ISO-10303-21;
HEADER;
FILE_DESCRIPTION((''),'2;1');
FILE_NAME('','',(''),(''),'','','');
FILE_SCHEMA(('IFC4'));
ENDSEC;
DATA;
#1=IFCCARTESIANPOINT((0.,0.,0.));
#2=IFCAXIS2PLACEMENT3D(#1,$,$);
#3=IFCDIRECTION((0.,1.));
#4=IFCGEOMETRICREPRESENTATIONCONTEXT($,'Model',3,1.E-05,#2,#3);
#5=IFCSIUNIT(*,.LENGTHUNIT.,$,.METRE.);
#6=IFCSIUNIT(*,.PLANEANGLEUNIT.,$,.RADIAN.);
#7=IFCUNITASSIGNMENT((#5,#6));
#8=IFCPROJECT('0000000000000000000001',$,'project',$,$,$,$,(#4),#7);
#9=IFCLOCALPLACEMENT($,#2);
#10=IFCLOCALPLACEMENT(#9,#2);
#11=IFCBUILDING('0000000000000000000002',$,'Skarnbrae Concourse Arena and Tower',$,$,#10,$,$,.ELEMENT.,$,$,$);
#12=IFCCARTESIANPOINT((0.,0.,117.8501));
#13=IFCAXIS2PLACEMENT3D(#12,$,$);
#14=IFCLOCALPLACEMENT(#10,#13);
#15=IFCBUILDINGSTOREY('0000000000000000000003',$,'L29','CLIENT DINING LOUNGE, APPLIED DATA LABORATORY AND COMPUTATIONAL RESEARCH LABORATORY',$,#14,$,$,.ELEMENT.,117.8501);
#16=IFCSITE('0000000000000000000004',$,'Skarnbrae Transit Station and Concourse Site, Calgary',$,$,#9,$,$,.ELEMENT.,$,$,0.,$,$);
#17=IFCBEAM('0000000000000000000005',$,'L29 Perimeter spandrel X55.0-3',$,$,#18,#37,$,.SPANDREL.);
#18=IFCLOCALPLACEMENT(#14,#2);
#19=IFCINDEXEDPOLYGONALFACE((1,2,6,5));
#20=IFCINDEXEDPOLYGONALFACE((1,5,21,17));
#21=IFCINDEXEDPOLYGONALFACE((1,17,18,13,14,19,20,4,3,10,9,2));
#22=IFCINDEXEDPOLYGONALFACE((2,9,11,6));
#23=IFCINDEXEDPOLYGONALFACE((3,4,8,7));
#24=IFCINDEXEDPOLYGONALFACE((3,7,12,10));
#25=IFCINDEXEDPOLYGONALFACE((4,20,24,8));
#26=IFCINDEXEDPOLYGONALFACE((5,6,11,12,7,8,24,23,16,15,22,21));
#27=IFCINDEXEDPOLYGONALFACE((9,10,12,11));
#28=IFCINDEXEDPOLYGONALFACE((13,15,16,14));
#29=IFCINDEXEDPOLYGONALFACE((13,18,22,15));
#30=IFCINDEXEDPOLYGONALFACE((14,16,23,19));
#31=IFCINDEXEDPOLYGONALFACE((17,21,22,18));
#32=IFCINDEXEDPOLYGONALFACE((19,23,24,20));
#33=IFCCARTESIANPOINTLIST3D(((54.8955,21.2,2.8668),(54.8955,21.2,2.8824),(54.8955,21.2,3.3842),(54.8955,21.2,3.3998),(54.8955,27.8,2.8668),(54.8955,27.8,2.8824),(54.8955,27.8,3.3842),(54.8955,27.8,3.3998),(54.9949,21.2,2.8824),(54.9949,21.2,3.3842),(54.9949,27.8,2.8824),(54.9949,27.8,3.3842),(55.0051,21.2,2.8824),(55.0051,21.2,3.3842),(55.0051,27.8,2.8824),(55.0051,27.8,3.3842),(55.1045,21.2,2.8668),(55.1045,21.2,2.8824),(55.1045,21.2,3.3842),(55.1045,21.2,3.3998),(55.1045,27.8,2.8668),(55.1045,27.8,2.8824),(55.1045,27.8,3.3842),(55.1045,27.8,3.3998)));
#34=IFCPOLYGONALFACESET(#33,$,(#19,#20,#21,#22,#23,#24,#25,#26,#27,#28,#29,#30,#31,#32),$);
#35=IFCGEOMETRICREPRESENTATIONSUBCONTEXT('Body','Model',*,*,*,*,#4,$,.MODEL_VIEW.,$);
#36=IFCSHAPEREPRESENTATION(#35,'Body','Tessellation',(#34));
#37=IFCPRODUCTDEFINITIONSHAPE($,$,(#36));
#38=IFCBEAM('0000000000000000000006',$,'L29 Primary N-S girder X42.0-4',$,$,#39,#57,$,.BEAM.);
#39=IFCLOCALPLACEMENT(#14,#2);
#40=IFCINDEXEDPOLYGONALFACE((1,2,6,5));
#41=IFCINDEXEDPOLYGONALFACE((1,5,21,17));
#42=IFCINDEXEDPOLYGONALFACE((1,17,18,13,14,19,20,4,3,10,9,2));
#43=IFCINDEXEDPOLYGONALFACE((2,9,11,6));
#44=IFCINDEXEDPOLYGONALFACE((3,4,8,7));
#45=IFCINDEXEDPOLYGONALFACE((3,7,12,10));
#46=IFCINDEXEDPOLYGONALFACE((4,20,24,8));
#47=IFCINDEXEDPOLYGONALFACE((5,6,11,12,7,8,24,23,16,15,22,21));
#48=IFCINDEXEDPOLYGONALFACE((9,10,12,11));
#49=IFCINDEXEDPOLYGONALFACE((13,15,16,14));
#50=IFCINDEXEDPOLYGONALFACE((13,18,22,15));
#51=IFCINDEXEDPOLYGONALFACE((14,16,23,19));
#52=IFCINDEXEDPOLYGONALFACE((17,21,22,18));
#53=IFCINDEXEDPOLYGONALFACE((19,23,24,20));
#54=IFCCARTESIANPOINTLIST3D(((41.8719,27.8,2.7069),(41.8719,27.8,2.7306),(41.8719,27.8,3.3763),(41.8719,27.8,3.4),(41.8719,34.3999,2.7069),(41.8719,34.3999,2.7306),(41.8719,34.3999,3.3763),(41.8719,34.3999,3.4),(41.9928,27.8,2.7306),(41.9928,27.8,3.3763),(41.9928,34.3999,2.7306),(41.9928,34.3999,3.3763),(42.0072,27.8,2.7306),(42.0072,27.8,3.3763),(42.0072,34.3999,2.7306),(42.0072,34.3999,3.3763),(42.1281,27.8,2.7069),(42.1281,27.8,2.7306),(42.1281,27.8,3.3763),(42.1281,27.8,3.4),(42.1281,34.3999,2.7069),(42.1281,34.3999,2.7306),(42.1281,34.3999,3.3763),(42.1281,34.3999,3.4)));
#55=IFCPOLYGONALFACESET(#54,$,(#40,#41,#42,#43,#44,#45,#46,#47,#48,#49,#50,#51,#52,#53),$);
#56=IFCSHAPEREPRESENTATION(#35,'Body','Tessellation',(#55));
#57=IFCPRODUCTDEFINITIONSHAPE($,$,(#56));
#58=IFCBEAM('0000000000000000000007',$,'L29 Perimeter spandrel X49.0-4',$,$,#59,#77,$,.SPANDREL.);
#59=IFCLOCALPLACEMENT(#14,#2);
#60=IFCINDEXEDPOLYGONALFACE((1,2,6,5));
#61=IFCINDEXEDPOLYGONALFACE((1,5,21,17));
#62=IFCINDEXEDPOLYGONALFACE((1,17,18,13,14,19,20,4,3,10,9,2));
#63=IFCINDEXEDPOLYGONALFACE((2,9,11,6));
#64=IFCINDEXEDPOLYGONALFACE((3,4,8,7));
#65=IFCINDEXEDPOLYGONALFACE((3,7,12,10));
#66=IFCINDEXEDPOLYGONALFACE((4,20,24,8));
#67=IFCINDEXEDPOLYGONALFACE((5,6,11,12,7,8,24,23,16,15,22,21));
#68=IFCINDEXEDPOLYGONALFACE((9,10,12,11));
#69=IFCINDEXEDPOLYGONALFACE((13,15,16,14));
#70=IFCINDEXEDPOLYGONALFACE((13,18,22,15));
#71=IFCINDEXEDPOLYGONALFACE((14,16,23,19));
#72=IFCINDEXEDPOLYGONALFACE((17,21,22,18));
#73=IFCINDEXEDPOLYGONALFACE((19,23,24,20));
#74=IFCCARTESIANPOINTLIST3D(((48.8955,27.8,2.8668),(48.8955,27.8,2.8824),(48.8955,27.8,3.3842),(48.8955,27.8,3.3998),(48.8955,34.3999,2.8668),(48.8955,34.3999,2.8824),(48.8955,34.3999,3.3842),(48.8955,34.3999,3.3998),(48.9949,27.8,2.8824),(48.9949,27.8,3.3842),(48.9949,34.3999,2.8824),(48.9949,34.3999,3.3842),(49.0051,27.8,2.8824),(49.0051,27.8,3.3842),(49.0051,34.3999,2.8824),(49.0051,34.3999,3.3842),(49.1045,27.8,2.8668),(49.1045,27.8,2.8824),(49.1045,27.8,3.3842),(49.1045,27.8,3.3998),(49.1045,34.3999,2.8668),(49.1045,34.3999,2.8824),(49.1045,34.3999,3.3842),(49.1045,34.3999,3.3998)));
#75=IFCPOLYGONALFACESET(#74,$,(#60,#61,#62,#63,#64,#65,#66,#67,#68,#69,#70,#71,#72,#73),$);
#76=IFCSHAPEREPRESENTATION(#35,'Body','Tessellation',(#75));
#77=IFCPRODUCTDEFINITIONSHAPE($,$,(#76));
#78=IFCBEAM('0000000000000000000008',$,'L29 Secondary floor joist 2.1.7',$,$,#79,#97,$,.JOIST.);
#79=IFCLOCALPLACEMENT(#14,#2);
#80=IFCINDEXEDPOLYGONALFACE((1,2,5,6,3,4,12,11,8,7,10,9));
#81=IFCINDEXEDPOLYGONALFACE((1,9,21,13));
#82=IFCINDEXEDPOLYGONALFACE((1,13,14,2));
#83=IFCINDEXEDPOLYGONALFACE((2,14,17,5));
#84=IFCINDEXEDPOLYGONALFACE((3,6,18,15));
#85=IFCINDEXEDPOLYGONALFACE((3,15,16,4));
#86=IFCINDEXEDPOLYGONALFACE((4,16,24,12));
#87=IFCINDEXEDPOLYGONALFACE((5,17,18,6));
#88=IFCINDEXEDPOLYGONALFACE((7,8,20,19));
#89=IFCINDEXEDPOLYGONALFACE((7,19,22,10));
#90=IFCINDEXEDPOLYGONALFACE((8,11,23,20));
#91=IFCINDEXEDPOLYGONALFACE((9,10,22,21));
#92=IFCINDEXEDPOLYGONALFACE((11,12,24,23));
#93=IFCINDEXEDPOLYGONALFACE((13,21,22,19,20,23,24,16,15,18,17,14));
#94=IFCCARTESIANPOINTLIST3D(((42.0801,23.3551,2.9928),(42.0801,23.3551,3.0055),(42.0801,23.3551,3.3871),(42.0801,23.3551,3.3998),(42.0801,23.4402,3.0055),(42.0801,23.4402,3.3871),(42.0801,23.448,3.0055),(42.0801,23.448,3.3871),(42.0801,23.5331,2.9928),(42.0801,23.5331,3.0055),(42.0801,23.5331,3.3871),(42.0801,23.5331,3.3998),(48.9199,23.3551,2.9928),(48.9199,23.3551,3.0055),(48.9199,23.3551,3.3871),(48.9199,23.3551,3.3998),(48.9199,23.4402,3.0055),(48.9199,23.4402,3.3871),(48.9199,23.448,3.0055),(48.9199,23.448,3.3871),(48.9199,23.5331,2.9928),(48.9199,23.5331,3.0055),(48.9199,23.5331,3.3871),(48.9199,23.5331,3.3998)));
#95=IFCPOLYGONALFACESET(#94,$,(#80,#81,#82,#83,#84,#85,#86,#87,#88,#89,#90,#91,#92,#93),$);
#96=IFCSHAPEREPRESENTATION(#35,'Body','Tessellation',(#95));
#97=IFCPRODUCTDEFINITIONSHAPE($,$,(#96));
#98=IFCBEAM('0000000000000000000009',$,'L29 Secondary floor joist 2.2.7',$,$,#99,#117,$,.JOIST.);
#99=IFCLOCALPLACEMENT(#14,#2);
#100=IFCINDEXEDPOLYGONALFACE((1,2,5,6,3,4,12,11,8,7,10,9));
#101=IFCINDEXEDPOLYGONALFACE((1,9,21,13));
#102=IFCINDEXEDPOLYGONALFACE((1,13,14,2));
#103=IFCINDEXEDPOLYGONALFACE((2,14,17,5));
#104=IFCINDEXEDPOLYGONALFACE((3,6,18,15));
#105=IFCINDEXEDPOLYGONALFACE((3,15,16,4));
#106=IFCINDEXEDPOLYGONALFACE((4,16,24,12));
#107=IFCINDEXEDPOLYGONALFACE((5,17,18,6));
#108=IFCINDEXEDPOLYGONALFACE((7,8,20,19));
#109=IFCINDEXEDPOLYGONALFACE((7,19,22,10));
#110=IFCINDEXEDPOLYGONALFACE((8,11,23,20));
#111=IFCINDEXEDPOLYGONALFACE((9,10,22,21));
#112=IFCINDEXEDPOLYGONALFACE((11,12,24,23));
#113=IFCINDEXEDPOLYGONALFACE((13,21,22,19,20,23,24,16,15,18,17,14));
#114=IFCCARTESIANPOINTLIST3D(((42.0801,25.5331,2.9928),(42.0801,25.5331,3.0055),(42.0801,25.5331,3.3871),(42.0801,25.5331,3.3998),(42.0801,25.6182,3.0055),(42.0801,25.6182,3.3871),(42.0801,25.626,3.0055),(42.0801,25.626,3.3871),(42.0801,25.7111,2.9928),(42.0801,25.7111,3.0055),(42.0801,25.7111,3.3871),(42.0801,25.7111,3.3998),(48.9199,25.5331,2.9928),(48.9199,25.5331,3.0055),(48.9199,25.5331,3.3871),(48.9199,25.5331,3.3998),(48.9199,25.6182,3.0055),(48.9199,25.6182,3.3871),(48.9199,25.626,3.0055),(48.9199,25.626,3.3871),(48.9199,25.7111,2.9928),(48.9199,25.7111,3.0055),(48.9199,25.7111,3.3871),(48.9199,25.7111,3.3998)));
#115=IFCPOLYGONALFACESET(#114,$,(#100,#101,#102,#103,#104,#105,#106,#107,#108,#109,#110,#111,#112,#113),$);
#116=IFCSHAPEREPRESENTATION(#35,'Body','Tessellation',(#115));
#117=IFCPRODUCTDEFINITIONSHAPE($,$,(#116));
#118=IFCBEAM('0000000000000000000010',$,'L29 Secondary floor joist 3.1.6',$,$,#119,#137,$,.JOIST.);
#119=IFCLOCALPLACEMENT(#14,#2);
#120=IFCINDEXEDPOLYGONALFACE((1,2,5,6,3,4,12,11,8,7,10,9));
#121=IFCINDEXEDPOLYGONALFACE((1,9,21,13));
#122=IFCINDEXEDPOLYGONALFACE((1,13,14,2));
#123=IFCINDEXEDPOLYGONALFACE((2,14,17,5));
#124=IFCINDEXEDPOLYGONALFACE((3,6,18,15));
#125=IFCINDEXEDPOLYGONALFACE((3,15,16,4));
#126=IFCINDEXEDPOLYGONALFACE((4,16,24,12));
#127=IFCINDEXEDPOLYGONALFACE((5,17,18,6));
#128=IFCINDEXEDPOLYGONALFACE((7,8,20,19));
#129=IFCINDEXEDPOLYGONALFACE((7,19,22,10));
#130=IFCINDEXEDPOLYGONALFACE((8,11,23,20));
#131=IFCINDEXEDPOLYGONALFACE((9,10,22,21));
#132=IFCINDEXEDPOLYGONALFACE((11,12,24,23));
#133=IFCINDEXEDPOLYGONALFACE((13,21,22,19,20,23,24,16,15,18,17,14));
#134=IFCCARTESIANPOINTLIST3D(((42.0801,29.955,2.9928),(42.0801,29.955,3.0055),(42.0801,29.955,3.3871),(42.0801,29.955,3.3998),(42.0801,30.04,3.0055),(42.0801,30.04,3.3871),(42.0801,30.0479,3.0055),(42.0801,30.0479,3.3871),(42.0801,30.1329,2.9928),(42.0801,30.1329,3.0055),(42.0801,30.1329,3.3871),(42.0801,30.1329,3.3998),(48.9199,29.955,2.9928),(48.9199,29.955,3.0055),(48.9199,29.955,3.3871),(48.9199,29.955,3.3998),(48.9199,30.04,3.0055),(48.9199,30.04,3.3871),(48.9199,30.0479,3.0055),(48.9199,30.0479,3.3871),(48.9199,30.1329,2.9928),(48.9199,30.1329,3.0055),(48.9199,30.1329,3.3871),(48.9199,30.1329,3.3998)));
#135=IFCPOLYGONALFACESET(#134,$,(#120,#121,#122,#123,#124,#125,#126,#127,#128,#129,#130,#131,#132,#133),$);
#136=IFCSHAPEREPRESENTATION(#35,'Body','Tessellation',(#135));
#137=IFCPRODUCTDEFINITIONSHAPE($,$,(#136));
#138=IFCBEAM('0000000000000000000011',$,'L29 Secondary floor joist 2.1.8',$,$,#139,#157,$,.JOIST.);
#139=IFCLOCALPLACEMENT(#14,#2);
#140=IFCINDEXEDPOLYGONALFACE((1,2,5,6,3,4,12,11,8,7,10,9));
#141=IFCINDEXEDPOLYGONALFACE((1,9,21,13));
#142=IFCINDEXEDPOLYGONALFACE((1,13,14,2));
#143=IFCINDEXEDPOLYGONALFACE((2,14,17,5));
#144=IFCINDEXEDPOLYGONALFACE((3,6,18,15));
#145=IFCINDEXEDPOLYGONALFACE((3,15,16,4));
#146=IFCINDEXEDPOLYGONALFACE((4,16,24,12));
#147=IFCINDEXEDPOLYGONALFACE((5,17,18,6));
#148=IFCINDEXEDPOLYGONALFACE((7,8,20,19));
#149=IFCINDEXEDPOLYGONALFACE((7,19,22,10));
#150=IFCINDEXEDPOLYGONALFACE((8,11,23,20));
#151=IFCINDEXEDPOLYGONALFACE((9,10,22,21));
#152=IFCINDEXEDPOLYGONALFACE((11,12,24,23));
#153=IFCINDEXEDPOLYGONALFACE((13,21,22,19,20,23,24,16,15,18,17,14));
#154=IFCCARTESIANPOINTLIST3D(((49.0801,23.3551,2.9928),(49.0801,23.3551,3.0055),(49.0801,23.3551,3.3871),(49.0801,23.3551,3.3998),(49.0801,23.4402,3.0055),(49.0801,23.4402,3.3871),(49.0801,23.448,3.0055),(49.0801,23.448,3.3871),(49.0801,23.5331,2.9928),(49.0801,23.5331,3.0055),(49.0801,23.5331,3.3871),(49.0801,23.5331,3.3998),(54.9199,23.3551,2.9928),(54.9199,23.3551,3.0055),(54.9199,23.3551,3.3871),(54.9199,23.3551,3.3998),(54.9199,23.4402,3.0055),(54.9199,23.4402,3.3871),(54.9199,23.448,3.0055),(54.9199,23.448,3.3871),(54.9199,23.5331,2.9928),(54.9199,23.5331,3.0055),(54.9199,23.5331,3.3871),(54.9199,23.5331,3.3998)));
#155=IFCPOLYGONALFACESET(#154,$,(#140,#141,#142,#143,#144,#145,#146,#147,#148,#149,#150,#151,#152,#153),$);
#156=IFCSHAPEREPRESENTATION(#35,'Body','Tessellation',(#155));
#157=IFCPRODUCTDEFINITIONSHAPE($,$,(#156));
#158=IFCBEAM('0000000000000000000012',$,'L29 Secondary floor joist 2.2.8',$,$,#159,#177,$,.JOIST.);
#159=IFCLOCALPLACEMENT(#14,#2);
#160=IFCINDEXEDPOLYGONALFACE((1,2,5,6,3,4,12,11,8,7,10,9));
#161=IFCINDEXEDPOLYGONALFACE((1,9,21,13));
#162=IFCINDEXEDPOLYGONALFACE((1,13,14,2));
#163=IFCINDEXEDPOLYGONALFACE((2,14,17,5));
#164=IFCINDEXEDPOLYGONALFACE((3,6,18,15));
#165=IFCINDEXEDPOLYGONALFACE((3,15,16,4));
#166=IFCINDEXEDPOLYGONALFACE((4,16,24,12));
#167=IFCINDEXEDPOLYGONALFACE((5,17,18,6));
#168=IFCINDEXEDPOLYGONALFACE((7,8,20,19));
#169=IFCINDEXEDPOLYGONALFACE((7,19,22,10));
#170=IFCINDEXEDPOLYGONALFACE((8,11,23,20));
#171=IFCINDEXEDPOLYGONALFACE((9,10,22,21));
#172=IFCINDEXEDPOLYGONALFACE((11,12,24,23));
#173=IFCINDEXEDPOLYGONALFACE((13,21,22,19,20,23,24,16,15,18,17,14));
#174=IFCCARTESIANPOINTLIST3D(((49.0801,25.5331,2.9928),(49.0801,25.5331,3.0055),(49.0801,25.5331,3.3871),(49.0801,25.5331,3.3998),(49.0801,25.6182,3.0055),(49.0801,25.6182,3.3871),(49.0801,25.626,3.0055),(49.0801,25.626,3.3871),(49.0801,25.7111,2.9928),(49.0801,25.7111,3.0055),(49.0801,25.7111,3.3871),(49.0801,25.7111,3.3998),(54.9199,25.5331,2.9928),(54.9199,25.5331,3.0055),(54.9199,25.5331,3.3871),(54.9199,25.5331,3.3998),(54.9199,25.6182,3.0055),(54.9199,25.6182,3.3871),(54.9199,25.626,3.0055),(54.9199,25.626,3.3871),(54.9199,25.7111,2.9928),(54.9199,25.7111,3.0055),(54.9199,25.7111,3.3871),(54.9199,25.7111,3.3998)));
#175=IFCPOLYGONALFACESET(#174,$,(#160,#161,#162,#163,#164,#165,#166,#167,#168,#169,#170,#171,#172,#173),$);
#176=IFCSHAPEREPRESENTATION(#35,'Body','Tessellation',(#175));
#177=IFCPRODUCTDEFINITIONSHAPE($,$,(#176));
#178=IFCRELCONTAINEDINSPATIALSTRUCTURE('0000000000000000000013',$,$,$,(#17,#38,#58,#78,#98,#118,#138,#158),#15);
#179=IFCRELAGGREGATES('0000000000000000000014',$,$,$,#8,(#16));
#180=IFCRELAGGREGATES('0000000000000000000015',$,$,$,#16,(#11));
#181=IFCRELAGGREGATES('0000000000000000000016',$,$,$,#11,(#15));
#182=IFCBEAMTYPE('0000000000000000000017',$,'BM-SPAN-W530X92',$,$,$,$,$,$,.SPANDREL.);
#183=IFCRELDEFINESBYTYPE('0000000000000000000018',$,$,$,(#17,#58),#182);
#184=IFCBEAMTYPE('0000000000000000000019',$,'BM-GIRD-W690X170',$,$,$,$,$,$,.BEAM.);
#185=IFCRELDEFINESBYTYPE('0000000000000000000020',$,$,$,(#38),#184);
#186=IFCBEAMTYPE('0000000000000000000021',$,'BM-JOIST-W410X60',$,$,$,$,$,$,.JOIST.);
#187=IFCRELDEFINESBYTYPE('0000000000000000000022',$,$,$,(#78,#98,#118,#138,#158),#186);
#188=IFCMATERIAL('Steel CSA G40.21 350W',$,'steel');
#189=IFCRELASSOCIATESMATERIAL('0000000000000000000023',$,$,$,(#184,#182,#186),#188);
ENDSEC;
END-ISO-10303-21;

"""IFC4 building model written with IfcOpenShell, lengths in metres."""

from ifc_helpers import new_model, si_unit, direction, frame, origin, origin_2d, place, context, subcontext, project, spatial, i_section, extrude, source, transform, mapped, material, material_profile, profile_set, type_object, element, save


model = new_model("IFC4")

# Units and contexts
model_context = context("Model", 3, precision=1e-05, world=origin(), true_north=direction((0.0, 1.0)))
body_context = subcontext(model_context, "Body", "Model", "MODEL_VIEW")
ifc_project = project(units=[si_unit("LENGTHUNIT", "METRE"), si_unit("PLANEANGLEUNIT", "RADIAN")], contexts=[model_context])

# Site, building, storey
site_placement = place(None, origin())
site = spatial("IfcSite", under=ifc_project, at=site_placement, Name="Skarnbrae Transit Station and Concourse Site, Calgary", CompositionType="ELEMENT", RefElevation=0.0)
building_placement = place(site_placement, origin())
building = spatial("IfcBuilding", under=site, at=building_placement, Name="Skarnbrae Concourse Arena and Tower", CompositionType="ELEMENT")
storey_placement = place(building_placement, frame((0.0, 0.0, 117.8501)))
storey = spatial("IfcBuildingStorey", under=building, at=storey_placement, Name="L29", Description="CLIENT DINING LOUNGE, APPLIED DATA LABORATORY AND COMPUTATIONAL RESEARCH LABORATORY", CompositionType="ELEMENT", Elevation=117.8501)

# Shared definitions
ifc_material_1 = material(Name="Steel CSA G40.21 350W", Category="steel")

# Beams
ifc_material_profile_1 = material_profile(ifc_material_1, i_section(OverallWidth=0.2561, OverallDepth=0.6931, WebThickness=0.0144, FlangeThickness=0.0237, at=origin_2d()), Name="W690X170")
ifc_profile_set_1 = profile_set([ifc_material_profile_1], Name="Steel CSA G40.21 350W")
beam_type_1 = type_object("IfcBeamType", Name="BM-GIRD-W690X170", PredefinedType="BEAM", material=ifc_profile_set_1)
ifc_material_profile_2 = material_profile(ifc_material_1, i_section(OverallWidth=0.209, OverallDepth=0.533, WebThickness=0.0103, FlangeThickness=0.0156, at=origin_2d()), Name="W530X92")
ifc_profile_set_2 = profile_set([ifc_material_profile_2], Name="Steel CSA G40.21 350W")
beam_type_2 = type_object("IfcBeamType", Name="BM-SPAN-W530X92", PredefinedType="SPANDREL", material=ifc_profile_set_2)
shared_shape_1 = source(origin(), body_context, "Body", "SweptSolid", [
    extrude(i_section(OverallWidth=0.209, OverallDepth=0.533, WebThickness=0.0103, FlangeThickness=0.0156, at=origin_2d()), origin(), (0.0, 0.0, 1.0), 6.6001),
])
for number, where, z_axis, x_axis, name in (
    (1, (55.0, 21.2, 3.1333), (0.0, 1.0, 0.0), (-1.0, 0.0, 0.0), "L29 Perimeter spandrel X55.0-3"),
):
    element("IfcBeam", number, at=place(storey_placement, frame(where, z_axis=z_axis, x_axis=x_axis)), inside=storey, type_object=beam_type_2, Name=name, PredefinedType="SPANDREL", context=body_context, shape_type="MappedRepresentation", body=[
        mapped(shared_shape_1, transform((0.0, 0.0, 0.0))),
    ])
shared_shape_2 = source(origin(), body_context, "Body", "SweptSolid", [
    extrude(i_section(OverallWidth=0.2561, OverallDepth=0.6931, WebThickness=0.0144, FlangeThickness=0.0237, at=origin_2d()), origin(), (0.0, 0.0, 1.0), 6.5999),
])
beam_1_placement = place(storey_placement, frame((42.0, 27.8, 3.0535), z_axis=(0.0, 1.0, 0.0), x_axis=(-1.0, 0.0, 0.0)))
element("IfcBeam", 2, at=beam_1_placement, inside=storey, type_object=beam_type_1, Name="L29 Primary N-S girder X42.0-4", PredefinedType="BEAM", context=body_context, shape_type="MappedRepresentation", body=[
    mapped(shared_shape_2, transform((0.0, 0.0, 0.0))),
])
shared_shape_3 = source(origin(), body_context, "Body", "SweptSolid", [
    extrude(i_section(OverallWidth=0.209, OverallDepth=0.533, WebThickness=0.0103, FlangeThickness=0.0156, at=origin_2d()), origin(), (0.0, 0.0, 1.0), 6.5999),
])
beam_2_placement = place(storey_placement, frame((49.0, 27.8, 3.1333), z_axis=(0.0, 1.0, 0.0), x_axis=(-1.0, 0.0, 0.0)))
element("IfcBeam", 3, at=beam_2_placement, inside=storey, type_object=beam_type_2, Name="L29 Perimeter spandrel X49.0-4", PredefinedType="SPANDREL", context=body_context, shape_type="MappedRepresentation", body=[
    mapped(shared_shape_3, transform((0.0, 0.0, 0.0))),
])
ifc_material_profile_3 = material_profile(ifc_material_1, i_section(OverallWidth=0.178, OverallDepth=0.407, WebThickness=0.0078, FlangeThickness=0.0127, at=origin_2d()), Name="W410X60")
ifc_profile_set_3 = profile_set([ifc_material_profile_3], Name="Steel CSA G40.21 350W")
beam_type_3 = type_object("IfcBeamType", Name="BM-JOIST-W410X60", PredefinedType="JOIST", material=ifc_profile_set_3)
shared_shape_4 = source(origin(), body_context, "Body", "SweptSolid", [
    extrude(i_section(OverallWidth=0.178, OverallDepth=0.407, WebThickness=0.0078, FlangeThickness=0.0127, at=origin_2d()), origin(), (0.0, 0.0, 1.0), 6.8398),
])
for number, where, z_axis, x_axis, name in (
    (4, (42.0801, 23.4441, 3.1963), (1.0, 0.0, 0.0), (0.0, 1.0, 0.0), "L29 Secondary floor joist 2.1.7"),
    (5, (42.0801, 25.6221, 3.1963), (1.0, 0.0, 0.0), (0.0, 1.0, 0.0), "L29 Secondary floor joist 2.2.7"),
    (6, (42.0801, 30.0439, 3.1963), (1.0, 0.0, 0.0), (0.0, 1.0, 0.0), "L29 Secondary floor joist 3.1.6"),
):
    element("IfcBeam", number, at=place(storey_placement, frame(where, z_axis=z_axis, x_axis=x_axis)), inside=storey, type_object=beam_type_3, Name=name, PredefinedType="JOIST", context=body_context, shape_type="MappedRepresentation", body=[
        mapped(shared_shape_4, transform((0.0, 0.0, 0.0))),
    ])
shared_shape_5 = source(origin(), body_context, "Body", "SweptSolid", [
    extrude(i_section(OverallWidth=0.178, OverallDepth=0.407, WebThickness=0.0078, FlangeThickness=0.0127, at=origin_2d()), origin(), (0.0, 0.0, 1.0), 5.8398),
])
for number, where, z_axis, x_axis, name in (
    (7, (49.0801, 23.4441, 3.1963), (1.0, 0.0, 0.0), (0.0, 1.0, 0.0), "L29 Secondary floor joist 2.1.8"),
    (8, (49.0801, 25.6221, 3.1963), (1.0, 0.0, 0.0), (0.0, 1.0, 0.0), "L29 Secondary floor joist 2.2.8"),
):
    element("IfcBeam", number, at=place(storey_placement, frame(where, z_axis=z_axis, x_axis=x_axis)), inside=storey, type_object=beam_type_3, Name=name, PredefinedType="JOIST", context=body_context, shape_type="MappedRepresentation", body=[
        mapped(shared_shape_5, transform((0.0, 0.0, 0.0))),
    ])

save(model, "model.ifc")
